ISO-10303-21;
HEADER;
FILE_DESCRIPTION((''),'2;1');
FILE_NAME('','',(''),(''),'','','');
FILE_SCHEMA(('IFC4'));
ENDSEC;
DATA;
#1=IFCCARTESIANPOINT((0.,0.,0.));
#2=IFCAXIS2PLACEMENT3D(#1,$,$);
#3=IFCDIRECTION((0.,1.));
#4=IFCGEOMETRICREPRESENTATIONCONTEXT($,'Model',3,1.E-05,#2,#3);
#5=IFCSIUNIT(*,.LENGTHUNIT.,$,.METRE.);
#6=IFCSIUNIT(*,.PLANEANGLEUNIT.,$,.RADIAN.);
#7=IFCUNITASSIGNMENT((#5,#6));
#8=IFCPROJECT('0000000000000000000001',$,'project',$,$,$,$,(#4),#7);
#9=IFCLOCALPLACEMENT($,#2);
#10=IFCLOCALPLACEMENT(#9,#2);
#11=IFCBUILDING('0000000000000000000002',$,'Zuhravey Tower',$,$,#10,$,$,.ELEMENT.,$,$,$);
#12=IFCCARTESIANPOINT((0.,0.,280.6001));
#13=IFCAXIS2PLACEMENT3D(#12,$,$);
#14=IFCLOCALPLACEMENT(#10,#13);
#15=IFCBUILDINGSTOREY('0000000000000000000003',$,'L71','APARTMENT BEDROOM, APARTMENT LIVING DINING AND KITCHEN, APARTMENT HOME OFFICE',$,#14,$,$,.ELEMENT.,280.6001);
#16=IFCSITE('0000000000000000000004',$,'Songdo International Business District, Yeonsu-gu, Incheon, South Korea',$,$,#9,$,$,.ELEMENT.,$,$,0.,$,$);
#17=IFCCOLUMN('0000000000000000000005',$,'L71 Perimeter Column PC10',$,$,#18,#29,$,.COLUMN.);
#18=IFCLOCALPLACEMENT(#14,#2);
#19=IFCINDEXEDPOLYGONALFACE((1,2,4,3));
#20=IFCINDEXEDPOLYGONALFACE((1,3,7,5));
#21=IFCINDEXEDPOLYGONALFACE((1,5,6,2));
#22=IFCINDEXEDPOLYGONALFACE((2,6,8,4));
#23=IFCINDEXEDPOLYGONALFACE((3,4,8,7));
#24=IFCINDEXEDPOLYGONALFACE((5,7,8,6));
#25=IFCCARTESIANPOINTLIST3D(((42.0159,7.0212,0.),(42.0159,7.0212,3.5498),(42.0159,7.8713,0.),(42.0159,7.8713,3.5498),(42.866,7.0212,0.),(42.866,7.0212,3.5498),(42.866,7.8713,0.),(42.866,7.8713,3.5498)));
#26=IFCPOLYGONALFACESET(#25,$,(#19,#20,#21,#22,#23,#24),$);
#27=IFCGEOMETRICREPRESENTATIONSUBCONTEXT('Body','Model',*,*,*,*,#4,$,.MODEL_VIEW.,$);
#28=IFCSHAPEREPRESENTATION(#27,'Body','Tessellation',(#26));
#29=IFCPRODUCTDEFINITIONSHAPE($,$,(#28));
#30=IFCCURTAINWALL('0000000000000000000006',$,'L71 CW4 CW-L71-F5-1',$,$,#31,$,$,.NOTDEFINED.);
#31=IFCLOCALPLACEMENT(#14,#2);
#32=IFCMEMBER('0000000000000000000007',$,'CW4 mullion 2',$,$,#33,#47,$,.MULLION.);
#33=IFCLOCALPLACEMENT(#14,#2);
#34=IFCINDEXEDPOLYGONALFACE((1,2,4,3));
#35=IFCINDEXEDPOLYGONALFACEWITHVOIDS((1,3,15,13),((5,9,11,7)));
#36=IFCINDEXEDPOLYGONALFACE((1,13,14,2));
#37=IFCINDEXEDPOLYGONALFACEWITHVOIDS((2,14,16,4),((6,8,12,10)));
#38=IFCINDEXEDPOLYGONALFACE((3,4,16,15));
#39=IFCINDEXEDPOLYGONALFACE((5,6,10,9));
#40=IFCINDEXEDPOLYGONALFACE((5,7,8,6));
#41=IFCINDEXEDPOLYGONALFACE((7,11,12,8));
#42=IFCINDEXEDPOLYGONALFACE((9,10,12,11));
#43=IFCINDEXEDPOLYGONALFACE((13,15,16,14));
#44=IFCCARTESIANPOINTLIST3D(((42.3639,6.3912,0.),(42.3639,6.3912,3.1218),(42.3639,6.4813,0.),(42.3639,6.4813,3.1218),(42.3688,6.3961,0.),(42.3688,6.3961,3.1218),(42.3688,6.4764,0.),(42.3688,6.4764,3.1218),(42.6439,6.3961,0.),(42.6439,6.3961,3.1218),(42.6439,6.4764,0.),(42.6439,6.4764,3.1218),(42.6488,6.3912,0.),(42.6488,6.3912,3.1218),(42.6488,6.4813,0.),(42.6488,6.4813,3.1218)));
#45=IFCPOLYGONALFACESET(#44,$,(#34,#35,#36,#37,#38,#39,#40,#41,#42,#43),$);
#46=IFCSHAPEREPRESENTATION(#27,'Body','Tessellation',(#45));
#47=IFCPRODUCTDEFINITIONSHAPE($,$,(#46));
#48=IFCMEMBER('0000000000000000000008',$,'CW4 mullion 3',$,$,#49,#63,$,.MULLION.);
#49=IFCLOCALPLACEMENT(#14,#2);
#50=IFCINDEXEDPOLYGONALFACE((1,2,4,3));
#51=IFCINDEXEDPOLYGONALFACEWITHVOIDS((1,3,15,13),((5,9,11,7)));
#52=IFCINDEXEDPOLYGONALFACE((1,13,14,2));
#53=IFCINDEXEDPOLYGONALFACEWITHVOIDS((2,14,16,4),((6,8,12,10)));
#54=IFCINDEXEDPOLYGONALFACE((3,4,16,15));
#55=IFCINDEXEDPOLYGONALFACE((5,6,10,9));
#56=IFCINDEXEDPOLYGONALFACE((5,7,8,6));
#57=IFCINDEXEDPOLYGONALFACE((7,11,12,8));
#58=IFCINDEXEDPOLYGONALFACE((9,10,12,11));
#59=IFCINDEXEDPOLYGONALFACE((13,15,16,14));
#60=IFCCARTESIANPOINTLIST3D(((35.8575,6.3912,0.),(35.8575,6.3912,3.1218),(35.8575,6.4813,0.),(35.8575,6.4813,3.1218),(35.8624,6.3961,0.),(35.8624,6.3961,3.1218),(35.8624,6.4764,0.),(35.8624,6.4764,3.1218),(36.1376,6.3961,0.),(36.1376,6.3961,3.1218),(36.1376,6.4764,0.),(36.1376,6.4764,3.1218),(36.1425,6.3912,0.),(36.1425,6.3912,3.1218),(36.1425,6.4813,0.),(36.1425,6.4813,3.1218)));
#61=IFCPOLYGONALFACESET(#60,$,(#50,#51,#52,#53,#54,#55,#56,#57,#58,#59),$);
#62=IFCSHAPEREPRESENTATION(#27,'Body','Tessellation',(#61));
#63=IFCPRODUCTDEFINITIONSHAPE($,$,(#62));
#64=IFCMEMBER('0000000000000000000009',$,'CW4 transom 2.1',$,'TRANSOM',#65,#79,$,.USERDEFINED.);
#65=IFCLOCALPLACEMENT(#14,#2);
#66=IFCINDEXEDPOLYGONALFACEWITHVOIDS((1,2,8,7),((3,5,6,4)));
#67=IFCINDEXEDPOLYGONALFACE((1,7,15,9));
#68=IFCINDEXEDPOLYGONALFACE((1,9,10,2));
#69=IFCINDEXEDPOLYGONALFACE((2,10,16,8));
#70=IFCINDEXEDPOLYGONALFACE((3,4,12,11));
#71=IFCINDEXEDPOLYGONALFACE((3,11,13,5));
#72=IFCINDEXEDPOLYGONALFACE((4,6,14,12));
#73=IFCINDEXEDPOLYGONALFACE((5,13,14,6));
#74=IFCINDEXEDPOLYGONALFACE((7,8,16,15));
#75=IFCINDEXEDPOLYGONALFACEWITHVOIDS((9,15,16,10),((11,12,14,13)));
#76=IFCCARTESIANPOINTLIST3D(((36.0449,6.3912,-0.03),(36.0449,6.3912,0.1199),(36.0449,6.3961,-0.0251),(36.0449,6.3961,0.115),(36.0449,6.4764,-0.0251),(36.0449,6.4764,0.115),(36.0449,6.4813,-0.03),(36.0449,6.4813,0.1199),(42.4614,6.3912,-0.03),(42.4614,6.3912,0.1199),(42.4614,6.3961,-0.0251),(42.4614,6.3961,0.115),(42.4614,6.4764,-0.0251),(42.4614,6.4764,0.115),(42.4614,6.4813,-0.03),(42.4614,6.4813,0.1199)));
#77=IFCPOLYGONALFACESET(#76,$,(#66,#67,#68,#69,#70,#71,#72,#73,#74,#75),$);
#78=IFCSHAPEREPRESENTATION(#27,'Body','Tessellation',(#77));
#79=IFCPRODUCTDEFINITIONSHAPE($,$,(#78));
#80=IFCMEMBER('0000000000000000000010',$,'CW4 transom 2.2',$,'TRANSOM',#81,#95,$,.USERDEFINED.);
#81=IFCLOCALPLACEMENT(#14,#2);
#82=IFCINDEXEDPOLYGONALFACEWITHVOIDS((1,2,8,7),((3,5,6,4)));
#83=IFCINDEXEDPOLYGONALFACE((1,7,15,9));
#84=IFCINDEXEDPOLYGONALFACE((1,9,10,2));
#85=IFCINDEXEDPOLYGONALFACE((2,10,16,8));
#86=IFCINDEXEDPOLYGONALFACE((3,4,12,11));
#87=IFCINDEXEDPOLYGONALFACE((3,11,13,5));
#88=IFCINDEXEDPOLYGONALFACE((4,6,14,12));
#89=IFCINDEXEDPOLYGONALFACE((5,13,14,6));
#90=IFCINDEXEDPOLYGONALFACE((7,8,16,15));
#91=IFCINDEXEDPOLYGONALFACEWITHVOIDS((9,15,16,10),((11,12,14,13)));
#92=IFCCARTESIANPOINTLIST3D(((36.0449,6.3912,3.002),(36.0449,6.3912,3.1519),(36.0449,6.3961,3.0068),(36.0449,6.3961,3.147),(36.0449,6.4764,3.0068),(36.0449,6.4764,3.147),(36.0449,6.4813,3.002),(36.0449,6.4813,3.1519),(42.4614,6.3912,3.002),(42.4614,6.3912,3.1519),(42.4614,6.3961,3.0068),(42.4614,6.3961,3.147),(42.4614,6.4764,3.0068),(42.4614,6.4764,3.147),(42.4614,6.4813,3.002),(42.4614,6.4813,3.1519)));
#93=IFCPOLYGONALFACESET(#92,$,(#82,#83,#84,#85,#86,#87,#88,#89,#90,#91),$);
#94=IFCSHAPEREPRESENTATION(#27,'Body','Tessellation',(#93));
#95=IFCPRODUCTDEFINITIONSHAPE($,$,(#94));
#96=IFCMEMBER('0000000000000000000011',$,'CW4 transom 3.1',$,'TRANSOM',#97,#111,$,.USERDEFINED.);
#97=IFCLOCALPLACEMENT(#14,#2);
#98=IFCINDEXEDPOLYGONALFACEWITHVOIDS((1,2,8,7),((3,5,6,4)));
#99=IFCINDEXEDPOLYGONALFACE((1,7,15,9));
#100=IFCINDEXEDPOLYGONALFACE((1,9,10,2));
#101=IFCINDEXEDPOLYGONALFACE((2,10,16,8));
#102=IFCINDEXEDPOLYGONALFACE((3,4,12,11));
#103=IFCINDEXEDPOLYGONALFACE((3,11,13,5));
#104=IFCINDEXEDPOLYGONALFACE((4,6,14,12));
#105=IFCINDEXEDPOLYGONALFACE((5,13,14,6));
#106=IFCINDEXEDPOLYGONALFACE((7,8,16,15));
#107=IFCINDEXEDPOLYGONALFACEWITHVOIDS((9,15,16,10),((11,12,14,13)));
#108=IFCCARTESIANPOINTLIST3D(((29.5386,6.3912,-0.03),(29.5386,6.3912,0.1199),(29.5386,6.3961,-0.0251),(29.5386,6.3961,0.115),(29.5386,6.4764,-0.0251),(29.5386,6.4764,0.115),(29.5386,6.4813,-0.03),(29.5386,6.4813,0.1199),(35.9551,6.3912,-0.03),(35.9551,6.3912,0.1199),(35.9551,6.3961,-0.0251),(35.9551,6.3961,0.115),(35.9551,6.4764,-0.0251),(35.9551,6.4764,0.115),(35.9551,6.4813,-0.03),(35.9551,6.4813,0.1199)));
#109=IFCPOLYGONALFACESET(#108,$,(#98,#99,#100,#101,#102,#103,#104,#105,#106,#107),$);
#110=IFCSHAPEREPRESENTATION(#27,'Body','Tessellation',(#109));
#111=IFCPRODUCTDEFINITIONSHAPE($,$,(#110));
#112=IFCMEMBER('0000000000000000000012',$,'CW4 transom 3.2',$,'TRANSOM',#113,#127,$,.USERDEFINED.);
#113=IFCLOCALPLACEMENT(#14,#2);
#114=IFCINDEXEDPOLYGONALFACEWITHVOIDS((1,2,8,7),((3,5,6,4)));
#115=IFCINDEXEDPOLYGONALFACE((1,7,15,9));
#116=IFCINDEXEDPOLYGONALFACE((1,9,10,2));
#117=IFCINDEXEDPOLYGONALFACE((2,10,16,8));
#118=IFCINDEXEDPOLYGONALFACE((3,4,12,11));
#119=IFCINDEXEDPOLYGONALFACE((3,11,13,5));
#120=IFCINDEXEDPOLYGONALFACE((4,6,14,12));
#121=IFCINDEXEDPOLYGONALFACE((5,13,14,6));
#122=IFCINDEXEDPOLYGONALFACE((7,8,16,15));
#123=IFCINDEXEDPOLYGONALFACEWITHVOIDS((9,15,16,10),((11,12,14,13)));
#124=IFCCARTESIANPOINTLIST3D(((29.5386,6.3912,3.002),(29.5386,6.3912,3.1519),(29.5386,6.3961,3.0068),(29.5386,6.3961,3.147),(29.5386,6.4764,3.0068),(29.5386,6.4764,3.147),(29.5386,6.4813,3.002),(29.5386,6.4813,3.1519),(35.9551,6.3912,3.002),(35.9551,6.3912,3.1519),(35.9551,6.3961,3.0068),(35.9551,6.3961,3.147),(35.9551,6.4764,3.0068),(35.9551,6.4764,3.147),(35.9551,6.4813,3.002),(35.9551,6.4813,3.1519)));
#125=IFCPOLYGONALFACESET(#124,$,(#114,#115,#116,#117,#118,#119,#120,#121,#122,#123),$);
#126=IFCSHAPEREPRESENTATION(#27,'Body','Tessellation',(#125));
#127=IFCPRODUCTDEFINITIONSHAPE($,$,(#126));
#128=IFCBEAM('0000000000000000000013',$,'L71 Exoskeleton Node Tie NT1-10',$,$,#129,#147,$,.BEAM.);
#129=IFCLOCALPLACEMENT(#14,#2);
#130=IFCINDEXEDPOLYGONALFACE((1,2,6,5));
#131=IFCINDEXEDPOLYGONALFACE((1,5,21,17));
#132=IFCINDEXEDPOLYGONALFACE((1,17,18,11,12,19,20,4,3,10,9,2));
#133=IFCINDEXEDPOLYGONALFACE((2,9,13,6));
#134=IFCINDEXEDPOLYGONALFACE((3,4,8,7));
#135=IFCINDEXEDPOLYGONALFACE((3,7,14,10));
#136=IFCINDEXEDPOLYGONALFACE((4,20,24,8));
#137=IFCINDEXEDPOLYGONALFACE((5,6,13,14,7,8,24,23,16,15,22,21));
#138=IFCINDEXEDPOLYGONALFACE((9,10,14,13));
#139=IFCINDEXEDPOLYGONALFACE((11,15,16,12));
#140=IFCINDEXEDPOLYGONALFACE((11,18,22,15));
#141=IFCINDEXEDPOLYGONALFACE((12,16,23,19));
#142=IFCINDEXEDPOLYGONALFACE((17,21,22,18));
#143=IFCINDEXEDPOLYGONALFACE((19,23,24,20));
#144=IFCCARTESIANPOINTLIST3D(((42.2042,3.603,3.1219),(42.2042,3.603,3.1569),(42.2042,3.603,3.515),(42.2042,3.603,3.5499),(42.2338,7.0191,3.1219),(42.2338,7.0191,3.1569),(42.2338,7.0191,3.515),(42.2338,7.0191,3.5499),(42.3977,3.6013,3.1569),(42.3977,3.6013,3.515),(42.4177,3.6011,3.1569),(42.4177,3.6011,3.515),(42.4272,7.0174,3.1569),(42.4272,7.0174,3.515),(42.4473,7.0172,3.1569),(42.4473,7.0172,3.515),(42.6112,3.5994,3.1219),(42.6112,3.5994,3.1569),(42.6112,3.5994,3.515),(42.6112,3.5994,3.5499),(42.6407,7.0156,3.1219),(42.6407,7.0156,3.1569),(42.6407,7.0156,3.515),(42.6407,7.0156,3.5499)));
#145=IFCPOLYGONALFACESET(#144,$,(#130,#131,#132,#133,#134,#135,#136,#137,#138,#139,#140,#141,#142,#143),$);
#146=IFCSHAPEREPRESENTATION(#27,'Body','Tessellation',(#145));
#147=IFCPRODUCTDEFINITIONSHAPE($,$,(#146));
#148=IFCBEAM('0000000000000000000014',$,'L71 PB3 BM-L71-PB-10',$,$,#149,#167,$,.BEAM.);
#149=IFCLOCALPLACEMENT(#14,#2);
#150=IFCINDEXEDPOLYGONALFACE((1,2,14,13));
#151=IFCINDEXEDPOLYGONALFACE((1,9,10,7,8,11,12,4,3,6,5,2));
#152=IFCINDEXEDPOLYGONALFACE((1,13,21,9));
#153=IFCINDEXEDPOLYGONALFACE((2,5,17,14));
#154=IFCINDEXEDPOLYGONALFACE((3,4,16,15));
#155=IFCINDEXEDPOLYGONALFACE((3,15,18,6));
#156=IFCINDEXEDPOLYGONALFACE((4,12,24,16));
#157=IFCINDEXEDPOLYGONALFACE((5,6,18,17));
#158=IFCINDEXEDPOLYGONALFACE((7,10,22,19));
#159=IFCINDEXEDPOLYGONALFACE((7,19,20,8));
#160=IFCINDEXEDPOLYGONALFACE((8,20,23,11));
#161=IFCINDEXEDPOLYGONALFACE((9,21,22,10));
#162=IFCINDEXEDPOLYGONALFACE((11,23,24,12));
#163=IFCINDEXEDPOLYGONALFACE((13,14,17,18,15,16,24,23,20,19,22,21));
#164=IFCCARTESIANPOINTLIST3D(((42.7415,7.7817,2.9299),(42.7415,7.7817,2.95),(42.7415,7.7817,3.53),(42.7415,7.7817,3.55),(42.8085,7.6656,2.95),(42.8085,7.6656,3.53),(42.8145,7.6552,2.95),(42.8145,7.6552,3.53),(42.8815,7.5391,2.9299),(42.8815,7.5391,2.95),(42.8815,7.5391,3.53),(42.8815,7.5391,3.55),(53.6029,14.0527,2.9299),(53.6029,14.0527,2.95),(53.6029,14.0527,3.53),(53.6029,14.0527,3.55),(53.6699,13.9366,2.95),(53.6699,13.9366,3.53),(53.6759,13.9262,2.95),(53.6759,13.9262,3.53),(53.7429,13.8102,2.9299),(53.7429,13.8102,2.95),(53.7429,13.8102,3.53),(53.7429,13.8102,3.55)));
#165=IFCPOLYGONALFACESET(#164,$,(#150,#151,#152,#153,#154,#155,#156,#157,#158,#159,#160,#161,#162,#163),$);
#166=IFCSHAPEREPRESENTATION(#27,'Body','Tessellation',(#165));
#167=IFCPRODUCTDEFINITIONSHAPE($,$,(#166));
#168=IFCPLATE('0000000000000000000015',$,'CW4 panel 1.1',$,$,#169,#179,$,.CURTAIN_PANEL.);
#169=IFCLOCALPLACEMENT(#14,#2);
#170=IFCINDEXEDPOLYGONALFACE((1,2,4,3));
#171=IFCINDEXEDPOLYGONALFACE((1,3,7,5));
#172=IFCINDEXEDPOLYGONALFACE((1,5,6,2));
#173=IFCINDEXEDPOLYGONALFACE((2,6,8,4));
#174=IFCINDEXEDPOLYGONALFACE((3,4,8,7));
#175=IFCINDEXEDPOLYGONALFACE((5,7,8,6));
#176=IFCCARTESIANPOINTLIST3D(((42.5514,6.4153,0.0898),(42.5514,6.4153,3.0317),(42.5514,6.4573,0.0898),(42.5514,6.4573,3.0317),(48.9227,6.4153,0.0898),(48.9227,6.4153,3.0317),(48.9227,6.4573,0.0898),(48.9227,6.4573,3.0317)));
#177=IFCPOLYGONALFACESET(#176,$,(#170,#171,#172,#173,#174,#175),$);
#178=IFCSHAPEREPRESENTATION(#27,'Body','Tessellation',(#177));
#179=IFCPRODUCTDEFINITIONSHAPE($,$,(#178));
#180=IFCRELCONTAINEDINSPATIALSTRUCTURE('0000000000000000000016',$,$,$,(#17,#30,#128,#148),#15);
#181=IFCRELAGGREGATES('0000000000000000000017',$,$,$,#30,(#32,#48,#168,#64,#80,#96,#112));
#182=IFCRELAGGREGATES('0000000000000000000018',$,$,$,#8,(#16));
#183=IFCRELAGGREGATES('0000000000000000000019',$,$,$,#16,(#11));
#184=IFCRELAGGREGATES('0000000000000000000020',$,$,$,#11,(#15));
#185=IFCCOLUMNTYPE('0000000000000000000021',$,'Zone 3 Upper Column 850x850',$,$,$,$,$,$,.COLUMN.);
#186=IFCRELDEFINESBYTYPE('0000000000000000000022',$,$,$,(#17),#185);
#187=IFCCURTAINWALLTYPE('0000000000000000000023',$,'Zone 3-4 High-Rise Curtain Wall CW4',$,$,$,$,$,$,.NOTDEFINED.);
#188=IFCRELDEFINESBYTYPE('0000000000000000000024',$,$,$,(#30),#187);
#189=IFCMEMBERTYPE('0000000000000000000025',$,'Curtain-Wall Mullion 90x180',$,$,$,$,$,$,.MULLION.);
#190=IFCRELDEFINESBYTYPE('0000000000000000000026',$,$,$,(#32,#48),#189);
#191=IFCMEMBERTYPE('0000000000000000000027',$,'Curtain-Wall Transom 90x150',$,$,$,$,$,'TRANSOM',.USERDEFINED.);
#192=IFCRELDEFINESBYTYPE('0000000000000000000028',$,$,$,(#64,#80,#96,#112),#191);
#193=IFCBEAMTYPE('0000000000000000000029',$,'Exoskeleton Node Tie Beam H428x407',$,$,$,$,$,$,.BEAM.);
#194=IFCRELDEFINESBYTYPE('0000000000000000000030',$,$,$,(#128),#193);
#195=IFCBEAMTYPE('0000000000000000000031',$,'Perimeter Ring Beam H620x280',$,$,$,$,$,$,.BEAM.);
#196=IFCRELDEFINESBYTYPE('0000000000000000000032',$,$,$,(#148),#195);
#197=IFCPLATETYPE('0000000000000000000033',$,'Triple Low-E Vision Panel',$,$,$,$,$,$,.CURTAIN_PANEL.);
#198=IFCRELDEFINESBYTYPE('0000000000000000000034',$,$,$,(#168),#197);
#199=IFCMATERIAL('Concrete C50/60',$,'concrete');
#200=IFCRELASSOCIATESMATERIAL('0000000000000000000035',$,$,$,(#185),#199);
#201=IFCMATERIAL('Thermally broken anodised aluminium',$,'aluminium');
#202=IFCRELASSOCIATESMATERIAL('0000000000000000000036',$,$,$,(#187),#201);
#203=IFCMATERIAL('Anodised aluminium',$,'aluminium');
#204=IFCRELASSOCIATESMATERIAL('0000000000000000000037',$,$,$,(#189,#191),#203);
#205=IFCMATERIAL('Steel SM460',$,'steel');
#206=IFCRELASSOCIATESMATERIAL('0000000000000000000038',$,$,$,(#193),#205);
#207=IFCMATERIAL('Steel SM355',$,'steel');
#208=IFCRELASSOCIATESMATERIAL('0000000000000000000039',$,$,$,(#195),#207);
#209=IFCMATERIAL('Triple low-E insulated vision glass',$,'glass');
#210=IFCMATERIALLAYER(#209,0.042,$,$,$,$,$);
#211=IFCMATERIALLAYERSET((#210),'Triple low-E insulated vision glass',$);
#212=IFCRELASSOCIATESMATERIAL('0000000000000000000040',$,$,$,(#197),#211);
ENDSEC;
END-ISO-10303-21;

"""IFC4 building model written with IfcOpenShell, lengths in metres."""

from ifc_helpers import new_model, si_unit, direction, frame, origin, origin_2d, place, context, subcontext, project, spatial, rectangle, hollow_rectangle, i_section, extrude, material, layer, layer_set, material_profile, profile_set, type_object, element, aggregate, save


model = new_model("IFC4")

# Units and contexts
model_context = context("Model", 3, precision=1e-05, world=origin(), true_north=direction((0.0, 1.0)))
body_context = subcontext(model_context, "Body", "Model", "MODEL_VIEW")
ifc_project = project(units=[si_unit("LENGTHUNIT", "METRE"), si_unit("PLANEANGLEUNIT", "RADIAN")], contexts=[model_context])

# Site, building, storey
site_placement = place(None, origin())
site = spatial("IfcSite", under=ifc_project, at=site_placement, Name="Songdo International Business District, Yeonsu-gu, Incheon, South Korea", CompositionType="ELEMENT", RefElevation=0.0)
building_placement = place(site_placement, origin())
building = spatial("IfcBuilding", under=site, at=building_placement, Name="Zuhravey Tower", CompositionType="ELEMENT")
storey_placement = place(building_placement, frame((0.0, 0.0, 280.6001)))
storey = spatial("IfcBuildingStorey", under=building, at=storey_placement, Name="L71", Description="APARTMENT BEDROOM, APARTMENT LIVING DINING AND KITCHEN, APARTMENT HOME OFFICE", CompositionType="ELEMENT", Elevation=280.6001)

# Column
ifc_material_1 = material(Name="Concrete C50/60", Category="concrete")
ifc_material_profile_1 = material_profile(ifc_material_1, rectangle(XDim=0.8501, YDim=0.8501, at=origin_2d()), Name="RC-850x850")
ifc_profile_set_1 = profile_set([ifc_material_profile_1], Name="Concrete C50/60")
column_type = type_object("IfcColumnType", Name="Zone 3 Upper Column 850x850", PredefinedType="COLUMN", material=ifc_profile_set_1)
column_placement = place(storey_placement, frame((42.4409, 7.4463, 0.0), z_axis=(0.0, 0.0, 1.0), x_axis=(1.0, 0.0, 0.0)))
element("IfcColumn", 1, at=column_placement, inside=storey, type_object=column_type, Name="L71 Perimeter Column PC10", PredefinedType="COLUMN", context=body_context, shape_type="SweptSolid", body=[
    extrude(rectangle(XDim=0.8501, YDim=0.8501, at=origin_2d()), origin(), (0.0, 0.0, 1.0), 3.5498),
])

# Curtain wall, members
ifc_material_2 = material(Name="Thermally broken anodised aluminium", Category="aluminium")
curtain_wall_type = type_object("IfcCurtainWallType", Name="Zone 3-4 High-Rise Curtain Wall CW4", PredefinedType="NOTDEFINED", material=ifc_material_2)
curtain_wall_placement = place(storey_placement, origin())
curtain_wall = element("IfcCurtainWall", 2, at=curtain_wall_placement, inside=storey, type_object=curtain_wall_type, Name="L71 CW4 CW-L71-F5-1", PredefinedType="NOTDEFINED")
ifc_material_3 = material(Name="Anodised aluminium", Category="aluminium")
ifc_material_profile_2 = material_profile(ifc_material_3, hollow_rectangle(XDim=0.0901, YDim=0.2849, WallThickness=0.0049, at=origin_2d()), Name="ALU-RHS-90x285x5")
ifc_profile_set_2 = profile_set([ifc_material_profile_2], Name="Anodised aluminium")
member_type_1 = type_object("IfcMemberType", Name="Curtain-Wall Mullion 90x180", PredefinedType="MULLION", material=ifc_profile_set_2)
member_1_placement = place(storey_placement, frame((42.5063, 6.4363, 0.0), z_axis=(0.0, 0.0, 1.0), x_axis=(0.0, -1.0, 0.0)))
member_1 = element("IfcMember", 3, at=member_1_placement, type_object=member_type_1, Name="CW4 mullion 2", PredefinedType="MULLION", context=body_context, shape_type="SweptSolid", body=[
    extrude(hollow_rectangle(XDim=0.0901, YDim=0.2849, WallThickness=0.0049, at=origin_2d()), origin(), (0.0, 0.0, 1.0), 3.1218),
])
member_2_placement = place(storey_placement, frame((36.0, 6.4363, 0.0), z_axis=(0.0, 0.0, 1.0), x_axis=(0.0, -1.0, 0.0)))
member_2 = element("IfcMember", 4, at=member_2_placement, type_object=member_type_1, Name="CW4 mullion 3", PredefinedType="MULLION", context=body_context, shape_type="SweptSolid", body=[
    extrude(hollow_rectangle(XDim=0.0901, YDim=0.2849, WallThickness=0.0049, at=origin_2d()), origin(), (0.0, 0.0, 1.0), 3.1218),
])
ifc_material_profile_3 = material_profile(ifc_material_3, hollow_rectangle(XDim=0.0901, YDim=0.1499, WallThickness=0.0049, at=origin_2d()), Name="ALU-RHS-90x150x5")
ifc_profile_set_3 = profile_set([ifc_material_profile_3], Name="Anodised aluminium")
member_type_2 = type_object("IfcMemberType", Name="Curtain-Wall Transom 90x150", ElementType="TRANSOM", PredefinedType="USERDEFINED", material=ifc_profile_set_3)
member_3_placement = place(storey_placement, frame((42.4614, 6.4363, 0.0449), z_axis=(-1.0, 0.0, 0.0), x_axis=(0.0, -1.0, 0.0)))
member_3 = element("IfcMember", 5, at=member_3_placement, type_object=member_type_2, Name="CW4 transom 2.1", ObjectType="TRANSOM", PredefinedType="USERDEFINED", context=body_context, shape_type="SweptSolid", body=[
    extrude(hollow_rectangle(XDim=0.0901, YDim=0.1499, WallThickness=0.0049, at=origin_2d()), origin(), (0.0, 0.0, 1.0), 6.4165),
])
member_4_placement = place(storey_placement, frame((42.4614, 6.4363, 3.0769), z_axis=(-1.0, 0.0, 0.0), x_axis=(0.0, -1.0, 0.0)))
member_4 = element("IfcMember", 6, at=member_4_placement, type_object=member_type_2, Name="CW4 transom 2.2", ObjectType="TRANSOM", PredefinedType="USERDEFINED", context=body_context, shape_type="SweptSolid", body=[
    extrude(hollow_rectangle(XDim=0.0901, YDim=0.1499, WallThickness=0.0049, at=origin_2d()), origin(), (0.0, 0.0, 1.0), 6.4165),
])
member_5_placement = place(storey_placement, frame((35.9551, 6.4363, 0.0449), z_axis=(-1.0, 0.0, 0.0), x_axis=(0.0, -1.0, 0.0)))
member_5 = element("IfcMember", 7, at=member_5_placement, type_object=member_type_2, Name="CW4 transom 3.1", ObjectType="TRANSOM", PredefinedType="USERDEFINED", context=body_context, shape_type="SweptSolid", body=[
    extrude(hollow_rectangle(XDim=0.0901, YDim=0.1499, WallThickness=0.0049, at=origin_2d()), origin(), (0.0, 0.0, 1.0), 6.4165),
])
member_6_placement = place(storey_placement, frame((35.9551, 6.4363, 3.0769), z_axis=(-1.0, 0.0, 0.0), x_axis=(0.0, -1.0, 0.0)))
member_6 = element("IfcMember", 8, at=member_6_placement, type_object=member_type_2, Name="CW4 transom 3.2", ObjectType="TRANSOM", PredefinedType="USERDEFINED", context=body_context, shape_type="SweptSolid", body=[
    extrude(hollow_rectangle(XDim=0.0901, YDim=0.1499, WallThickness=0.0049, at=origin_2d()), origin(), (0.0, 0.0, 1.0), 6.4165),
])

# Beams
ifc_material_4 = material(Name="Steel SM460", Category="steel")
ifc_material_profile_4 = material_profile(ifc_material_4, i_section(OverallWidth=0.407, OverallDepth=0.428, WebThickness=0.02, FlangeThickness=0.0349, at=origin_2d()), Name="H-428x407x20x35")
ifc_profile_set_4 = profile_set([ifc_material_profile_4], Name="Steel SM460")
beam_type_1 = type_object("IfcBeamType", Name="Exoskeleton Node Tie Beam H428x407", PredefinedType="BEAM", material=ifc_profile_set_4)
beam_1_placement = place(storey_placement, frame((42.4373, 7.0173, 3.3359), z_axis=(-0.008647, -0.999963, 0.0), x_axis=(0.999963, -0.008647, 0.0)))
element("IfcBeam", 9, at=beam_1_placement, inside=storey, type_object=beam_type_1, Name="L71 Exoskeleton Node Tie NT1-10", PredefinedType="BEAM", context=body_context, shape_type="SweptSolid", body=[
    extrude(i_section(OverallWidth=0.407, OverallDepth=0.428, WebThickness=0.02, FlangeThickness=0.0349, at=origin_2d()), origin(), (0.0, 0.0, 1.0), 3.4163),
])
ifc_material_5 = material(Name="Steel SM355", Category="steel")
ifc_material_profile_5 = material_profile(ifc_material_5, i_section(OverallWidth=0.28, OverallDepth=0.6201, WebThickness=0.012, FlangeThickness=0.02, at=origin_2d()), Name="H-620x280x12x20")
ifc_profile_set_5 = profile_set([ifc_material_profile_5], Name="Steel SM355")
beam_type_2 = type_object("IfcBeamType", Name="Perimeter Ring Beam H620x280", PredefinedType="BEAM", material=ifc_profile_set_5)
beam_2_placement = place(storey_placement, frame((42.8115, 7.6604, 3.24), z_axis=(0.866018, 0.500012, 0.0), x_axis=(-0.500012, 0.866018, 0.0)))
element("IfcBeam", 10, at=beam_2_placement, inside=storey, type_object=beam_type_2, Name="L71 PB3 BM-L71-PB-10", PredefinedType="BEAM", context=body_context, shape_type="SweptSolid", body=[
    extrude(i_section(OverallWidth=0.28, OverallDepth=0.6201, WebThickness=0.012, FlangeThickness=0.02, at=origin_2d()), origin(), (0.0, 0.0, 1.0), 12.5417),
])

# Plate
ifc_material_6 = material(Name="Triple low-E insulated vision glass", Category="glass")
ifc_layer_1 = layer(ifc_material_6, 0.042)
ifc_layer_set_1 = layer_set([ifc_layer_1], Name="Triple low-E insulated vision glass")
plate_type = type_object("IfcPlateType", Name="Triple Low-E Vision Panel", PredefinedType="CURTAIN_PANEL", material=ifc_layer_set_1)
plate_1_placement = place(storey_placement, frame((45.7371, 6.4363, 0.0898), z_axis=(0.0, 0.0, 1.0), x_axis=(-1.0, 0.0, 0.0)))
plate_1 = element("IfcPlate", 11, at=plate_1_placement, type_object=plate_type, Name="CW4 panel 1.1", PredefinedType="CURTAIN_PANEL", context=body_context, shape_type="SweptSolid", body=[
    extrude(rectangle(XDim=6.3713, YDim=0.042, at=origin_2d()), origin(), (0.0, 0.0, 1.0), 2.9419),
])
aggregate(curtain_wall, [member_1, member_2, plate_1, member_3, member_4, member_5, member_6])

save(model, "model.ifc")
